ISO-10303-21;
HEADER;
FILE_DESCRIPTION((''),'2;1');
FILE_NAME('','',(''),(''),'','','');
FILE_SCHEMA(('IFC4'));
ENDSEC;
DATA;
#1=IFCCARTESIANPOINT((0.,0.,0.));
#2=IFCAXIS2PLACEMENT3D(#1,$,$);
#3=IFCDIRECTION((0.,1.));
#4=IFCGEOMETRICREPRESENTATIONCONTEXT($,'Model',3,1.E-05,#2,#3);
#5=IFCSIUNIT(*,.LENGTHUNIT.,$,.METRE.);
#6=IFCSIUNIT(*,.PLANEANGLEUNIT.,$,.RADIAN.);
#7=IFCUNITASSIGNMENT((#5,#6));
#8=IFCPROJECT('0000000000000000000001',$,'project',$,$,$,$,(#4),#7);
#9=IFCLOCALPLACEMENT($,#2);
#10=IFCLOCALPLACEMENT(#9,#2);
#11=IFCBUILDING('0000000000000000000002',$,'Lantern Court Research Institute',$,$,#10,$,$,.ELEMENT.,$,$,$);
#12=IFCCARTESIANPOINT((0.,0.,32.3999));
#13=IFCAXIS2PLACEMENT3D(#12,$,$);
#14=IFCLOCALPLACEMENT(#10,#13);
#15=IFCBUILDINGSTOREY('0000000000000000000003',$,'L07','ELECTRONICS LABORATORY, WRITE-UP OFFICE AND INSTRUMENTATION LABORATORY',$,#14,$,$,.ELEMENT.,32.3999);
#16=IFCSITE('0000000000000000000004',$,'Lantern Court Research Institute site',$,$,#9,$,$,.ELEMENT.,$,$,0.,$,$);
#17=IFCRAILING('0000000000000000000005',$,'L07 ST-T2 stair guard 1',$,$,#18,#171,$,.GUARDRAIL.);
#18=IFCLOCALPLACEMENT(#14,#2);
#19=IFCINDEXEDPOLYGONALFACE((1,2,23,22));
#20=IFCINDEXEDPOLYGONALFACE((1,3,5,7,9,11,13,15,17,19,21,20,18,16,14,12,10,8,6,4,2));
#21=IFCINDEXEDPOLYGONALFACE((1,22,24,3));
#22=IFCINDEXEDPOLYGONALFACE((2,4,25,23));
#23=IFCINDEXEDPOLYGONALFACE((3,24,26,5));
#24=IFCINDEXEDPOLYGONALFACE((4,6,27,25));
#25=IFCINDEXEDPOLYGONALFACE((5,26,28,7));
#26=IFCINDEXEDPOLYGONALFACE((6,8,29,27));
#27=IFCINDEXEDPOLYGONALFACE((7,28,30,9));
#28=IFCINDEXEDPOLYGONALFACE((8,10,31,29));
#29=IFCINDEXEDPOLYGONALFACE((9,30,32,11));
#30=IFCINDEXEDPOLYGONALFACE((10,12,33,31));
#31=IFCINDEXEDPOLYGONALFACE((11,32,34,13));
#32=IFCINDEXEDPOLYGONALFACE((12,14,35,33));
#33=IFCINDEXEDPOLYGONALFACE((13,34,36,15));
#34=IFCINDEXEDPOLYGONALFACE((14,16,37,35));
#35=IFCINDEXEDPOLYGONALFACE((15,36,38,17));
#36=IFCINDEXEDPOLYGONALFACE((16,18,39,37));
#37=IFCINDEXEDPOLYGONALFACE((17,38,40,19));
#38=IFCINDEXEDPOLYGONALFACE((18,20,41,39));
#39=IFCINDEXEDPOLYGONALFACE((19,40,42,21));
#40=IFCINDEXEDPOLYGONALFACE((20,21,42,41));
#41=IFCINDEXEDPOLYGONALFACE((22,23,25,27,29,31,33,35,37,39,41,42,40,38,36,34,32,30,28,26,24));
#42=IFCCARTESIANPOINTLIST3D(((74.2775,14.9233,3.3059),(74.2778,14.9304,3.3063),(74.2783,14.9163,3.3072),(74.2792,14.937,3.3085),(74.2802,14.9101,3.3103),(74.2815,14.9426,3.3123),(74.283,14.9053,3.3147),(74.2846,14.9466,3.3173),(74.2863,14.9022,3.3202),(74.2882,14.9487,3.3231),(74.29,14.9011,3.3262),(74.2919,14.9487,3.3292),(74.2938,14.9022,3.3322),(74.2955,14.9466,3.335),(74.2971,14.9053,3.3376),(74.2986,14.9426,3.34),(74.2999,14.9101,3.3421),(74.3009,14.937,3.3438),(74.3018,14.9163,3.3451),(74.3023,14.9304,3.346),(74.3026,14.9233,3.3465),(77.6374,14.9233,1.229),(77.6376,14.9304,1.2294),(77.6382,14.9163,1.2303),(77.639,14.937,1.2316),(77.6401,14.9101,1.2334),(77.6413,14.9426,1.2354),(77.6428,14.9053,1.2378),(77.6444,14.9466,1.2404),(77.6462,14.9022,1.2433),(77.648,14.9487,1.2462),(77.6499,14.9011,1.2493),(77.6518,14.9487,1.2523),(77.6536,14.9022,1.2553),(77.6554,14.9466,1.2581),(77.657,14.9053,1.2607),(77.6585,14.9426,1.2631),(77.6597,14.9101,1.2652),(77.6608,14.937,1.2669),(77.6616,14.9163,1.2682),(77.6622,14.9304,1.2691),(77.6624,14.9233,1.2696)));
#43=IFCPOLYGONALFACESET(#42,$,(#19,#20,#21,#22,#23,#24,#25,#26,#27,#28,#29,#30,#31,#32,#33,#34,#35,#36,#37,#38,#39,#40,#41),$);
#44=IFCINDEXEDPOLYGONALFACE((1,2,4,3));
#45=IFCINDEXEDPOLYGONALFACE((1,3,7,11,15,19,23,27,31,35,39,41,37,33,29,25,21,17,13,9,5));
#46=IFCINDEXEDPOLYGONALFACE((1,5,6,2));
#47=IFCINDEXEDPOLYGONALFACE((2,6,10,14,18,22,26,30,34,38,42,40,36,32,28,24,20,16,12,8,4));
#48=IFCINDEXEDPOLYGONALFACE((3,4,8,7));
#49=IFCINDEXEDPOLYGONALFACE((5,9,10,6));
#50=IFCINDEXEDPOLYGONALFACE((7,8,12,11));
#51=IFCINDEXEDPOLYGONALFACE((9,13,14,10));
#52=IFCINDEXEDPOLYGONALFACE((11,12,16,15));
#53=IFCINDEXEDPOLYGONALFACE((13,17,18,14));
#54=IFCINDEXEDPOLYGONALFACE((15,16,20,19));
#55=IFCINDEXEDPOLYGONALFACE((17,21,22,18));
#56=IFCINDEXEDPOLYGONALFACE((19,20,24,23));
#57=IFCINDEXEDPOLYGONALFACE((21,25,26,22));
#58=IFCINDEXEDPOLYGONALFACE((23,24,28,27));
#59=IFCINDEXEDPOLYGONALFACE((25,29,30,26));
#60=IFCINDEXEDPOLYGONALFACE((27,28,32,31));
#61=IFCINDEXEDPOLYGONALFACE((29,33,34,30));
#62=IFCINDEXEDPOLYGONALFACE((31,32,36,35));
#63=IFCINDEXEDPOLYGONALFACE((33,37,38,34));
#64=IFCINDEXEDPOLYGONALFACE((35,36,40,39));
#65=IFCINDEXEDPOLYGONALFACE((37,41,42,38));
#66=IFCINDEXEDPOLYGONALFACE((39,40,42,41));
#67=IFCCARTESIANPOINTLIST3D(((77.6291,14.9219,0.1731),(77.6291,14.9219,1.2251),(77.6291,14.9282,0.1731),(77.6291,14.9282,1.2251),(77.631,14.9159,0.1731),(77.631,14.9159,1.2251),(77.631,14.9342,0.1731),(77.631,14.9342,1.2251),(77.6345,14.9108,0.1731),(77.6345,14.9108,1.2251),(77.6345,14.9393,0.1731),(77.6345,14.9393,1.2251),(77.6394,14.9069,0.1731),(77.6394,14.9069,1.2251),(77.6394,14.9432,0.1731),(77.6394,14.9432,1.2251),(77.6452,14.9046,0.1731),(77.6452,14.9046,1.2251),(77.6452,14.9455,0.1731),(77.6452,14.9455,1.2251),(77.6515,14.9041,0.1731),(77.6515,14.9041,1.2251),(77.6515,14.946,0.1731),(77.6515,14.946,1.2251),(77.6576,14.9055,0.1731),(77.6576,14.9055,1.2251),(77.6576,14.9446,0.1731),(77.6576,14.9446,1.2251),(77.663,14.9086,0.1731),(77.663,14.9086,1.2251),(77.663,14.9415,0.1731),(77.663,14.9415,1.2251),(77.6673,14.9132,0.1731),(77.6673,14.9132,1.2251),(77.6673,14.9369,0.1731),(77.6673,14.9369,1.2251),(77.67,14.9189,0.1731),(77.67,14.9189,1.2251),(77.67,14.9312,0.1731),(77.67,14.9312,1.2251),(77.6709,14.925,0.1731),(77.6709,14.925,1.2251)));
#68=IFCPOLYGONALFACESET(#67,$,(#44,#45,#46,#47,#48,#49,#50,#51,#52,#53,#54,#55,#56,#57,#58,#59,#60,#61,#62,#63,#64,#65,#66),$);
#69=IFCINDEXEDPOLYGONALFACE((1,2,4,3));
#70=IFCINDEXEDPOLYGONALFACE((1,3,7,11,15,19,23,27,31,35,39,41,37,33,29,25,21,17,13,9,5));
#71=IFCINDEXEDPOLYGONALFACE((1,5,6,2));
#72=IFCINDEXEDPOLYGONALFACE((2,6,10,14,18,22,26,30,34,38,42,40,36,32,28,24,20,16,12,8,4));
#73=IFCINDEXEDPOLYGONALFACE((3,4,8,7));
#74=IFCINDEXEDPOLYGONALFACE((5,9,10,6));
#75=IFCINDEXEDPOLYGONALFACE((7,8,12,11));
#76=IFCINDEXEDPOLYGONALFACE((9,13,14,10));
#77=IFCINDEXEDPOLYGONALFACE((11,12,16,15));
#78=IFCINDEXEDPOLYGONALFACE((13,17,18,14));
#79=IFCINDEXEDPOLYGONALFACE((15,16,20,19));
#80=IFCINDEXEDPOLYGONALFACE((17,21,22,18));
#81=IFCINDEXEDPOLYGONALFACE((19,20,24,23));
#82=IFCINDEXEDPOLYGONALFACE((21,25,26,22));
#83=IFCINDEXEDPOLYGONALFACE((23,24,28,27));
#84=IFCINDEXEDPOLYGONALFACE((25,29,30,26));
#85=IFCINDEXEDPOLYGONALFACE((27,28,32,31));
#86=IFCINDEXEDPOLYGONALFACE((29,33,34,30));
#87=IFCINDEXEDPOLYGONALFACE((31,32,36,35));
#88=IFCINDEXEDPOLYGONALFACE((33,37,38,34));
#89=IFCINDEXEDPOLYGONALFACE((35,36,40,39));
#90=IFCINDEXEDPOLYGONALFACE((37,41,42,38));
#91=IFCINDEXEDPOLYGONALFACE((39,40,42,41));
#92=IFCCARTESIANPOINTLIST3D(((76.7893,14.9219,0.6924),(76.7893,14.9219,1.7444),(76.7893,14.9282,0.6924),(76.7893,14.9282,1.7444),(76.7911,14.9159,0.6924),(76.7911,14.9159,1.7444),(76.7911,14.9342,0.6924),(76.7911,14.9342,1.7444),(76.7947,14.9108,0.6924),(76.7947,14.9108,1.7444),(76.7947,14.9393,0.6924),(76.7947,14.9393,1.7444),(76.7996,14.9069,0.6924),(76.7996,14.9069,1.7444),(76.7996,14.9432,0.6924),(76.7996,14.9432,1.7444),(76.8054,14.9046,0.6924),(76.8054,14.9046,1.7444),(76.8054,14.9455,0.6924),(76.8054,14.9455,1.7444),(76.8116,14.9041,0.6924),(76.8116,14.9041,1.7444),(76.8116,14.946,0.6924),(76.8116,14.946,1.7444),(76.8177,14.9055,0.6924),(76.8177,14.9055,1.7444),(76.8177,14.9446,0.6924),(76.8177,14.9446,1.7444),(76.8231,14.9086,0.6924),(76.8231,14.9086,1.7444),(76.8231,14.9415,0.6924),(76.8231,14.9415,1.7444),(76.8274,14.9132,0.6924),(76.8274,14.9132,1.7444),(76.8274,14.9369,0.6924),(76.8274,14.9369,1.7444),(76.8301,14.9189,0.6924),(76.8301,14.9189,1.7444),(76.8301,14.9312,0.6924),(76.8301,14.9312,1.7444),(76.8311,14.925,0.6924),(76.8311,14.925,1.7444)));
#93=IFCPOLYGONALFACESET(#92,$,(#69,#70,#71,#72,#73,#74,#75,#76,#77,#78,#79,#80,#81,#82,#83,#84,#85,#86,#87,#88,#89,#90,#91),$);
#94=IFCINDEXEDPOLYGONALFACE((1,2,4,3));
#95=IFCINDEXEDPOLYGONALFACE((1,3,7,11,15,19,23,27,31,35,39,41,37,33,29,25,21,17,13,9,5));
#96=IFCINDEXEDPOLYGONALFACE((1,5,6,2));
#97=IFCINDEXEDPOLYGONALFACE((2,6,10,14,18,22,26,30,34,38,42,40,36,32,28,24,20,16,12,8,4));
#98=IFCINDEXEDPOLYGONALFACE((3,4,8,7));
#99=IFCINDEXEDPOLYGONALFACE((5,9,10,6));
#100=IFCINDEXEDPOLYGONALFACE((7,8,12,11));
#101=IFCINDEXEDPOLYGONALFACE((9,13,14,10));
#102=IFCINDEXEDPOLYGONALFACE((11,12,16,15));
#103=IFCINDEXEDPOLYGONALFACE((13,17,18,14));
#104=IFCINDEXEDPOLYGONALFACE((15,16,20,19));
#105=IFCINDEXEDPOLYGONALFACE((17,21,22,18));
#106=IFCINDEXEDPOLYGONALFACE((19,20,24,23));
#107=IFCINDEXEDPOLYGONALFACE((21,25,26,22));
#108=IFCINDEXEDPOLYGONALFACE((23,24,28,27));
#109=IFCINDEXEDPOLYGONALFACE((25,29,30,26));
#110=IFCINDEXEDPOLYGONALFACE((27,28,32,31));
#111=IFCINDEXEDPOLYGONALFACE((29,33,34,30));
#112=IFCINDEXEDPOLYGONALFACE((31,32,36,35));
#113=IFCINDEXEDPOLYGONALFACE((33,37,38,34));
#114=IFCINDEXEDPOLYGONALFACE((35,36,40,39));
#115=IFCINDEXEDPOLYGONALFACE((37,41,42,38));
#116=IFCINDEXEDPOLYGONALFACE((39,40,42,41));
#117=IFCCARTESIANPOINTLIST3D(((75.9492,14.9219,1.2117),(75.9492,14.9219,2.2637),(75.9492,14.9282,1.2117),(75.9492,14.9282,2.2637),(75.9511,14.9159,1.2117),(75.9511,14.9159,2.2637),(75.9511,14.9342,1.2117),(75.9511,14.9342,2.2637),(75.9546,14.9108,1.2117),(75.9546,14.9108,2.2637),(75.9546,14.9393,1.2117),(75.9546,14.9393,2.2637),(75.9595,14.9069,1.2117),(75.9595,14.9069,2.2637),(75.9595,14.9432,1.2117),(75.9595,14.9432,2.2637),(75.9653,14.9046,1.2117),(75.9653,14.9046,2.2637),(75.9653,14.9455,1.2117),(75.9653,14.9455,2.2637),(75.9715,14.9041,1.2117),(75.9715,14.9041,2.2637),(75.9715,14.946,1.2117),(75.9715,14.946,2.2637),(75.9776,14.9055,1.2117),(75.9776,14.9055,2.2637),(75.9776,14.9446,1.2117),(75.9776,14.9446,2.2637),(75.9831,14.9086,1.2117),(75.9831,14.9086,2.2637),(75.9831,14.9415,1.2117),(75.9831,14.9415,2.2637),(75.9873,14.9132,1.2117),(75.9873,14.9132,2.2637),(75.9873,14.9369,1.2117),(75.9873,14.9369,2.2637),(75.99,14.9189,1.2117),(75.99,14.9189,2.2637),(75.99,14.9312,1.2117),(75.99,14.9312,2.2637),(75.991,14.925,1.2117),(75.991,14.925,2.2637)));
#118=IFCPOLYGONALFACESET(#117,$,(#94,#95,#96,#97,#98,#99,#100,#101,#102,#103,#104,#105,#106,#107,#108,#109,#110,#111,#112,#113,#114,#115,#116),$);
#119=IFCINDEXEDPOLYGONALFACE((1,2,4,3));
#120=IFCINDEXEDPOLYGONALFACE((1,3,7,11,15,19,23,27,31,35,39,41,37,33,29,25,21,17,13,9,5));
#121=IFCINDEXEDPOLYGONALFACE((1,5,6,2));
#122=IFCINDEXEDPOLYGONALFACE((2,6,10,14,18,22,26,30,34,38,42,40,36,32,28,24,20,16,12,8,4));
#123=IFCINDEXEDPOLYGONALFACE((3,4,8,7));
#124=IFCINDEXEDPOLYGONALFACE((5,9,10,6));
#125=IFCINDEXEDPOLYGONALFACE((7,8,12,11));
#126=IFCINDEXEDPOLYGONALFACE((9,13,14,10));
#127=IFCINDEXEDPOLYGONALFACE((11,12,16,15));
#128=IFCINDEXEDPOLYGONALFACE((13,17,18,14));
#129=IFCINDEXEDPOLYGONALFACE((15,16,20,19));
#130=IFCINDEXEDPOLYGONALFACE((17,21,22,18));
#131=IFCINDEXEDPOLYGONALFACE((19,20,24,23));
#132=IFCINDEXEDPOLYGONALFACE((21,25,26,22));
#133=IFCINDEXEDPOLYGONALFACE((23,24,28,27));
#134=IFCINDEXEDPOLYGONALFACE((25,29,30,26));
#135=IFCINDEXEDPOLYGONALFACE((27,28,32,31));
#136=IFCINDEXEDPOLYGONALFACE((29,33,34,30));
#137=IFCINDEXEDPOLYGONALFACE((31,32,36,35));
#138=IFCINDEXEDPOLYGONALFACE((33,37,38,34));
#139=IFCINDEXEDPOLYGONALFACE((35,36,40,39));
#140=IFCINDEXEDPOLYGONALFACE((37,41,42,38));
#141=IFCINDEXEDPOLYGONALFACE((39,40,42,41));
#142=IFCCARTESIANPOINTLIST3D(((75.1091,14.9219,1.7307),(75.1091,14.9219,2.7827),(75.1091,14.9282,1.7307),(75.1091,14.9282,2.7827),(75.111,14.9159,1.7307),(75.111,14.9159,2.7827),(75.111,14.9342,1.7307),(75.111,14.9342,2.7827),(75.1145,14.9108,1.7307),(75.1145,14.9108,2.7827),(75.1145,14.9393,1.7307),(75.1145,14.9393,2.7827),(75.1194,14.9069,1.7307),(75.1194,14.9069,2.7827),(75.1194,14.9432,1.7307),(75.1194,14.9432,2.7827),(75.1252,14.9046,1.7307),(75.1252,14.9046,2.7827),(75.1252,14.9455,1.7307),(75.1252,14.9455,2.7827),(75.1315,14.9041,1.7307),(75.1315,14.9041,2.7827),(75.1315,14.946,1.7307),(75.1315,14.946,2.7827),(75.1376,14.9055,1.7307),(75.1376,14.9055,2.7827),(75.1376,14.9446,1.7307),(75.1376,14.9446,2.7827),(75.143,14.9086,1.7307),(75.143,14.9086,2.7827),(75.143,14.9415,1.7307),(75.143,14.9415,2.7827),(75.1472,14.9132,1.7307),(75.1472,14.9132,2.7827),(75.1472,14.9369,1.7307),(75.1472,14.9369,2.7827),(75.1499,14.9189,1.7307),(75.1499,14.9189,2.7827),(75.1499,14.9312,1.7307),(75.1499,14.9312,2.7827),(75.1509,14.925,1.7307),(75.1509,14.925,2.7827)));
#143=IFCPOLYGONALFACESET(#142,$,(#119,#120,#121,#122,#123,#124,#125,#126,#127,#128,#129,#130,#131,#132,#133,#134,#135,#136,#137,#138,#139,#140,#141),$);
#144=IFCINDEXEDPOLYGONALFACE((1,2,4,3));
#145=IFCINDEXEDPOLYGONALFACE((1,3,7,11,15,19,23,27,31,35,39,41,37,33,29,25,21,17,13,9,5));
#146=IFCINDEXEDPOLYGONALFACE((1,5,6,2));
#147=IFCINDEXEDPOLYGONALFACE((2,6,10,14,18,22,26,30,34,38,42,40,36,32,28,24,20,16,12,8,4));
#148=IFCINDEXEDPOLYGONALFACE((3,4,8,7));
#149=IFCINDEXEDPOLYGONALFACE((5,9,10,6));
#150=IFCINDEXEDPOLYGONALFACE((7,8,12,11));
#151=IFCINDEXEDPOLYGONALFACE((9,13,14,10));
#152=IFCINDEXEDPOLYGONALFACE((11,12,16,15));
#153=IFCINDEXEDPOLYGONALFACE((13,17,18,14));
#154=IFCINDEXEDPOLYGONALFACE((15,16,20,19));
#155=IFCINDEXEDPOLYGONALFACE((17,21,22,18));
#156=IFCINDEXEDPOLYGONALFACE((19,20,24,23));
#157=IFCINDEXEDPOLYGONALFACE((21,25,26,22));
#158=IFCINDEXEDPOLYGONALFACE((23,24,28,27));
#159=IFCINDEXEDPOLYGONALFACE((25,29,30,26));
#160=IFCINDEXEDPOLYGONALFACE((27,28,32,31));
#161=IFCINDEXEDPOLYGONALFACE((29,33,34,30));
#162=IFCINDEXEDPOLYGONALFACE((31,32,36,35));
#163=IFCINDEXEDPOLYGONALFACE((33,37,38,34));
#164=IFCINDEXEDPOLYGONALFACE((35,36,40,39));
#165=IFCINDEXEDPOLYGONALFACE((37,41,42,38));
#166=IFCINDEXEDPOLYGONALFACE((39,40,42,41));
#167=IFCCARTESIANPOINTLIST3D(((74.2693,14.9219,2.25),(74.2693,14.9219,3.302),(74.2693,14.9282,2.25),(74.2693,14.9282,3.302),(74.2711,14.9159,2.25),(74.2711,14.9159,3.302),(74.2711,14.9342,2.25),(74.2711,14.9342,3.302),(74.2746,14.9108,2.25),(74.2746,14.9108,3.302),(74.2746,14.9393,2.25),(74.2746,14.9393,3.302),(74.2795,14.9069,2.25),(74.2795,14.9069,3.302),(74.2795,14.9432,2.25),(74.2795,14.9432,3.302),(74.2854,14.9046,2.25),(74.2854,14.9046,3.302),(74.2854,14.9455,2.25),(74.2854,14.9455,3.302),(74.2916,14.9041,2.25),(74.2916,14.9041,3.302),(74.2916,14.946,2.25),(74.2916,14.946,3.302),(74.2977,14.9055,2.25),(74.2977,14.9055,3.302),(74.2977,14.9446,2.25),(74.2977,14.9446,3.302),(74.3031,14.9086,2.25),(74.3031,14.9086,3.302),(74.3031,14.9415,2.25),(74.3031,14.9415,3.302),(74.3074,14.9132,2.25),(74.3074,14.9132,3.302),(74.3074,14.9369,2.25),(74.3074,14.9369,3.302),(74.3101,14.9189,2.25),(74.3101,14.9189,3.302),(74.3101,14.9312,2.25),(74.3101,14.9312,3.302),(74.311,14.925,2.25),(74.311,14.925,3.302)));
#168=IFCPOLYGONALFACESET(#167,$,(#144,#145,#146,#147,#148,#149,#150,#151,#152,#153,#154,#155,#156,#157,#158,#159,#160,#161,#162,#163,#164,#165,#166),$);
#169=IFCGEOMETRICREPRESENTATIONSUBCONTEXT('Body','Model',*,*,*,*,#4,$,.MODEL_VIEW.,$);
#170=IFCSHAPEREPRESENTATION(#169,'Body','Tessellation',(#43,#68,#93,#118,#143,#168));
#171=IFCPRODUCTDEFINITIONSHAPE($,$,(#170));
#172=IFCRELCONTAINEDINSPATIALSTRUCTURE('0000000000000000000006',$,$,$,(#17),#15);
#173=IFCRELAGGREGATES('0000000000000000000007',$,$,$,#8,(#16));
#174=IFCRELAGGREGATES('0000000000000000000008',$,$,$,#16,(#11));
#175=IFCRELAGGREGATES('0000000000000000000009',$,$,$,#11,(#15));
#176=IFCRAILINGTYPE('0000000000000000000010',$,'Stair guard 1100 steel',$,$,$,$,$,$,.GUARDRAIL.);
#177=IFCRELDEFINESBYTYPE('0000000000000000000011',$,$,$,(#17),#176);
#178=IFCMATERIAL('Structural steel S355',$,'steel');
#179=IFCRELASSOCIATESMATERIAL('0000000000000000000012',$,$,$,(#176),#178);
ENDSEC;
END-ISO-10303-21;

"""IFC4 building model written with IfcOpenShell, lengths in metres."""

from ifc_helpers import new_model, si_unit, direction, frame, origin, origin_2d, place, context, subcontext, project, spatial, circle, extrude, material, type_object, element, save


model = new_model("IFC4")

# Units and contexts
model_context = context("Model", 3, precision=1e-05, world=origin(), true_north=direction((0.0, 1.0)))
body_context = subcontext(model_context, "Body", "Model", "MODEL_VIEW")
ifc_project = project(units=[si_unit("LENGTHUNIT", "METRE"), si_unit("PLANEANGLEUNIT", "RADIAN")], contexts=[model_context])

# Site, building, storey
site_placement = place(None, origin())
site = spatial("IfcSite", under=ifc_project, at=site_placement, Name="Lantern Court Research Institute site", CompositionType="ELEMENT", RefElevation=0.0)
building_placement = place(site_placement, origin())
building = spatial("IfcBuilding", under=site, at=building_placement, Name="Lantern Court Research Institute", CompositionType="ELEMENT")
storey_placement = place(building_placement, frame((0.0, 0.0, 32.3999)))
storey = spatial("IfcBuildingStorey", under=building, at=storey_placement, Name="L07", Description="ELECTRONICS LABORATORY, WRITE-UP OFFICE AND INSTRUMENTATION LABORATORY", CompositionType="ELEMENT", Elevation=32.3999)

# Railing
ifc_material_1 = material(Name="Structural steel S355", Category="steel")
railing_type_1 = type_object("IfcRailingType", Name="Stair guard 1100 steel", PredefinedType="GUARDRAIL", material=ifc_material_1)
railing_1_placement = place(storey_placement, frame((77.6499, 14.925, 0.1731)))
element("IfcRailing", 1, at=railing_1_placement, inside=storey, type_object=railing_type_1, Name="L07 ST-T2 stair guard 1", PredefinedType="GUARDRAIL", context=body_context, shape_type="SweptSolid", body=[
    extrude(circle(Radius=0.0239, at=origin_2d()), frame((0.0, 0.0, 1.0762), z_axis=(-0.850606, 0.0, 0.525803), x_axis=(0.0, -1.0, 0.0)), (0.0, 0.0, 1.0), 3.95),
    extrude(circle(Radius=0.021, at=origin_2d()), origin(), (0.0, 0.0, 1.0), 1.052),
    extrude(circle(Radius=0.021, at=origin_2d()), frame((-0.8398, 0.0, 0.5193)), (0.0, 0.0, 1.0), 1.052),
    extrude(circle(Radius=0.021, at=origin_2d()), frame((-1.6799, 0.0, 1.0386)), (0.0, 0.0, 1.0), 1.052),
    extrude(circle(Radius=0.021, at=origin_2d()), frame((-2.52, 0.0, 1.5576)), (0.0, 0.0, 1.0), 1.052),
    extrude(circle(Radius=0.021, at=origin_2d()), frame((-3.3599, 0.0, 2.0769)), (0.0, 0.0, 1.0), 1.052),
])

save(model, "model.ifc")
